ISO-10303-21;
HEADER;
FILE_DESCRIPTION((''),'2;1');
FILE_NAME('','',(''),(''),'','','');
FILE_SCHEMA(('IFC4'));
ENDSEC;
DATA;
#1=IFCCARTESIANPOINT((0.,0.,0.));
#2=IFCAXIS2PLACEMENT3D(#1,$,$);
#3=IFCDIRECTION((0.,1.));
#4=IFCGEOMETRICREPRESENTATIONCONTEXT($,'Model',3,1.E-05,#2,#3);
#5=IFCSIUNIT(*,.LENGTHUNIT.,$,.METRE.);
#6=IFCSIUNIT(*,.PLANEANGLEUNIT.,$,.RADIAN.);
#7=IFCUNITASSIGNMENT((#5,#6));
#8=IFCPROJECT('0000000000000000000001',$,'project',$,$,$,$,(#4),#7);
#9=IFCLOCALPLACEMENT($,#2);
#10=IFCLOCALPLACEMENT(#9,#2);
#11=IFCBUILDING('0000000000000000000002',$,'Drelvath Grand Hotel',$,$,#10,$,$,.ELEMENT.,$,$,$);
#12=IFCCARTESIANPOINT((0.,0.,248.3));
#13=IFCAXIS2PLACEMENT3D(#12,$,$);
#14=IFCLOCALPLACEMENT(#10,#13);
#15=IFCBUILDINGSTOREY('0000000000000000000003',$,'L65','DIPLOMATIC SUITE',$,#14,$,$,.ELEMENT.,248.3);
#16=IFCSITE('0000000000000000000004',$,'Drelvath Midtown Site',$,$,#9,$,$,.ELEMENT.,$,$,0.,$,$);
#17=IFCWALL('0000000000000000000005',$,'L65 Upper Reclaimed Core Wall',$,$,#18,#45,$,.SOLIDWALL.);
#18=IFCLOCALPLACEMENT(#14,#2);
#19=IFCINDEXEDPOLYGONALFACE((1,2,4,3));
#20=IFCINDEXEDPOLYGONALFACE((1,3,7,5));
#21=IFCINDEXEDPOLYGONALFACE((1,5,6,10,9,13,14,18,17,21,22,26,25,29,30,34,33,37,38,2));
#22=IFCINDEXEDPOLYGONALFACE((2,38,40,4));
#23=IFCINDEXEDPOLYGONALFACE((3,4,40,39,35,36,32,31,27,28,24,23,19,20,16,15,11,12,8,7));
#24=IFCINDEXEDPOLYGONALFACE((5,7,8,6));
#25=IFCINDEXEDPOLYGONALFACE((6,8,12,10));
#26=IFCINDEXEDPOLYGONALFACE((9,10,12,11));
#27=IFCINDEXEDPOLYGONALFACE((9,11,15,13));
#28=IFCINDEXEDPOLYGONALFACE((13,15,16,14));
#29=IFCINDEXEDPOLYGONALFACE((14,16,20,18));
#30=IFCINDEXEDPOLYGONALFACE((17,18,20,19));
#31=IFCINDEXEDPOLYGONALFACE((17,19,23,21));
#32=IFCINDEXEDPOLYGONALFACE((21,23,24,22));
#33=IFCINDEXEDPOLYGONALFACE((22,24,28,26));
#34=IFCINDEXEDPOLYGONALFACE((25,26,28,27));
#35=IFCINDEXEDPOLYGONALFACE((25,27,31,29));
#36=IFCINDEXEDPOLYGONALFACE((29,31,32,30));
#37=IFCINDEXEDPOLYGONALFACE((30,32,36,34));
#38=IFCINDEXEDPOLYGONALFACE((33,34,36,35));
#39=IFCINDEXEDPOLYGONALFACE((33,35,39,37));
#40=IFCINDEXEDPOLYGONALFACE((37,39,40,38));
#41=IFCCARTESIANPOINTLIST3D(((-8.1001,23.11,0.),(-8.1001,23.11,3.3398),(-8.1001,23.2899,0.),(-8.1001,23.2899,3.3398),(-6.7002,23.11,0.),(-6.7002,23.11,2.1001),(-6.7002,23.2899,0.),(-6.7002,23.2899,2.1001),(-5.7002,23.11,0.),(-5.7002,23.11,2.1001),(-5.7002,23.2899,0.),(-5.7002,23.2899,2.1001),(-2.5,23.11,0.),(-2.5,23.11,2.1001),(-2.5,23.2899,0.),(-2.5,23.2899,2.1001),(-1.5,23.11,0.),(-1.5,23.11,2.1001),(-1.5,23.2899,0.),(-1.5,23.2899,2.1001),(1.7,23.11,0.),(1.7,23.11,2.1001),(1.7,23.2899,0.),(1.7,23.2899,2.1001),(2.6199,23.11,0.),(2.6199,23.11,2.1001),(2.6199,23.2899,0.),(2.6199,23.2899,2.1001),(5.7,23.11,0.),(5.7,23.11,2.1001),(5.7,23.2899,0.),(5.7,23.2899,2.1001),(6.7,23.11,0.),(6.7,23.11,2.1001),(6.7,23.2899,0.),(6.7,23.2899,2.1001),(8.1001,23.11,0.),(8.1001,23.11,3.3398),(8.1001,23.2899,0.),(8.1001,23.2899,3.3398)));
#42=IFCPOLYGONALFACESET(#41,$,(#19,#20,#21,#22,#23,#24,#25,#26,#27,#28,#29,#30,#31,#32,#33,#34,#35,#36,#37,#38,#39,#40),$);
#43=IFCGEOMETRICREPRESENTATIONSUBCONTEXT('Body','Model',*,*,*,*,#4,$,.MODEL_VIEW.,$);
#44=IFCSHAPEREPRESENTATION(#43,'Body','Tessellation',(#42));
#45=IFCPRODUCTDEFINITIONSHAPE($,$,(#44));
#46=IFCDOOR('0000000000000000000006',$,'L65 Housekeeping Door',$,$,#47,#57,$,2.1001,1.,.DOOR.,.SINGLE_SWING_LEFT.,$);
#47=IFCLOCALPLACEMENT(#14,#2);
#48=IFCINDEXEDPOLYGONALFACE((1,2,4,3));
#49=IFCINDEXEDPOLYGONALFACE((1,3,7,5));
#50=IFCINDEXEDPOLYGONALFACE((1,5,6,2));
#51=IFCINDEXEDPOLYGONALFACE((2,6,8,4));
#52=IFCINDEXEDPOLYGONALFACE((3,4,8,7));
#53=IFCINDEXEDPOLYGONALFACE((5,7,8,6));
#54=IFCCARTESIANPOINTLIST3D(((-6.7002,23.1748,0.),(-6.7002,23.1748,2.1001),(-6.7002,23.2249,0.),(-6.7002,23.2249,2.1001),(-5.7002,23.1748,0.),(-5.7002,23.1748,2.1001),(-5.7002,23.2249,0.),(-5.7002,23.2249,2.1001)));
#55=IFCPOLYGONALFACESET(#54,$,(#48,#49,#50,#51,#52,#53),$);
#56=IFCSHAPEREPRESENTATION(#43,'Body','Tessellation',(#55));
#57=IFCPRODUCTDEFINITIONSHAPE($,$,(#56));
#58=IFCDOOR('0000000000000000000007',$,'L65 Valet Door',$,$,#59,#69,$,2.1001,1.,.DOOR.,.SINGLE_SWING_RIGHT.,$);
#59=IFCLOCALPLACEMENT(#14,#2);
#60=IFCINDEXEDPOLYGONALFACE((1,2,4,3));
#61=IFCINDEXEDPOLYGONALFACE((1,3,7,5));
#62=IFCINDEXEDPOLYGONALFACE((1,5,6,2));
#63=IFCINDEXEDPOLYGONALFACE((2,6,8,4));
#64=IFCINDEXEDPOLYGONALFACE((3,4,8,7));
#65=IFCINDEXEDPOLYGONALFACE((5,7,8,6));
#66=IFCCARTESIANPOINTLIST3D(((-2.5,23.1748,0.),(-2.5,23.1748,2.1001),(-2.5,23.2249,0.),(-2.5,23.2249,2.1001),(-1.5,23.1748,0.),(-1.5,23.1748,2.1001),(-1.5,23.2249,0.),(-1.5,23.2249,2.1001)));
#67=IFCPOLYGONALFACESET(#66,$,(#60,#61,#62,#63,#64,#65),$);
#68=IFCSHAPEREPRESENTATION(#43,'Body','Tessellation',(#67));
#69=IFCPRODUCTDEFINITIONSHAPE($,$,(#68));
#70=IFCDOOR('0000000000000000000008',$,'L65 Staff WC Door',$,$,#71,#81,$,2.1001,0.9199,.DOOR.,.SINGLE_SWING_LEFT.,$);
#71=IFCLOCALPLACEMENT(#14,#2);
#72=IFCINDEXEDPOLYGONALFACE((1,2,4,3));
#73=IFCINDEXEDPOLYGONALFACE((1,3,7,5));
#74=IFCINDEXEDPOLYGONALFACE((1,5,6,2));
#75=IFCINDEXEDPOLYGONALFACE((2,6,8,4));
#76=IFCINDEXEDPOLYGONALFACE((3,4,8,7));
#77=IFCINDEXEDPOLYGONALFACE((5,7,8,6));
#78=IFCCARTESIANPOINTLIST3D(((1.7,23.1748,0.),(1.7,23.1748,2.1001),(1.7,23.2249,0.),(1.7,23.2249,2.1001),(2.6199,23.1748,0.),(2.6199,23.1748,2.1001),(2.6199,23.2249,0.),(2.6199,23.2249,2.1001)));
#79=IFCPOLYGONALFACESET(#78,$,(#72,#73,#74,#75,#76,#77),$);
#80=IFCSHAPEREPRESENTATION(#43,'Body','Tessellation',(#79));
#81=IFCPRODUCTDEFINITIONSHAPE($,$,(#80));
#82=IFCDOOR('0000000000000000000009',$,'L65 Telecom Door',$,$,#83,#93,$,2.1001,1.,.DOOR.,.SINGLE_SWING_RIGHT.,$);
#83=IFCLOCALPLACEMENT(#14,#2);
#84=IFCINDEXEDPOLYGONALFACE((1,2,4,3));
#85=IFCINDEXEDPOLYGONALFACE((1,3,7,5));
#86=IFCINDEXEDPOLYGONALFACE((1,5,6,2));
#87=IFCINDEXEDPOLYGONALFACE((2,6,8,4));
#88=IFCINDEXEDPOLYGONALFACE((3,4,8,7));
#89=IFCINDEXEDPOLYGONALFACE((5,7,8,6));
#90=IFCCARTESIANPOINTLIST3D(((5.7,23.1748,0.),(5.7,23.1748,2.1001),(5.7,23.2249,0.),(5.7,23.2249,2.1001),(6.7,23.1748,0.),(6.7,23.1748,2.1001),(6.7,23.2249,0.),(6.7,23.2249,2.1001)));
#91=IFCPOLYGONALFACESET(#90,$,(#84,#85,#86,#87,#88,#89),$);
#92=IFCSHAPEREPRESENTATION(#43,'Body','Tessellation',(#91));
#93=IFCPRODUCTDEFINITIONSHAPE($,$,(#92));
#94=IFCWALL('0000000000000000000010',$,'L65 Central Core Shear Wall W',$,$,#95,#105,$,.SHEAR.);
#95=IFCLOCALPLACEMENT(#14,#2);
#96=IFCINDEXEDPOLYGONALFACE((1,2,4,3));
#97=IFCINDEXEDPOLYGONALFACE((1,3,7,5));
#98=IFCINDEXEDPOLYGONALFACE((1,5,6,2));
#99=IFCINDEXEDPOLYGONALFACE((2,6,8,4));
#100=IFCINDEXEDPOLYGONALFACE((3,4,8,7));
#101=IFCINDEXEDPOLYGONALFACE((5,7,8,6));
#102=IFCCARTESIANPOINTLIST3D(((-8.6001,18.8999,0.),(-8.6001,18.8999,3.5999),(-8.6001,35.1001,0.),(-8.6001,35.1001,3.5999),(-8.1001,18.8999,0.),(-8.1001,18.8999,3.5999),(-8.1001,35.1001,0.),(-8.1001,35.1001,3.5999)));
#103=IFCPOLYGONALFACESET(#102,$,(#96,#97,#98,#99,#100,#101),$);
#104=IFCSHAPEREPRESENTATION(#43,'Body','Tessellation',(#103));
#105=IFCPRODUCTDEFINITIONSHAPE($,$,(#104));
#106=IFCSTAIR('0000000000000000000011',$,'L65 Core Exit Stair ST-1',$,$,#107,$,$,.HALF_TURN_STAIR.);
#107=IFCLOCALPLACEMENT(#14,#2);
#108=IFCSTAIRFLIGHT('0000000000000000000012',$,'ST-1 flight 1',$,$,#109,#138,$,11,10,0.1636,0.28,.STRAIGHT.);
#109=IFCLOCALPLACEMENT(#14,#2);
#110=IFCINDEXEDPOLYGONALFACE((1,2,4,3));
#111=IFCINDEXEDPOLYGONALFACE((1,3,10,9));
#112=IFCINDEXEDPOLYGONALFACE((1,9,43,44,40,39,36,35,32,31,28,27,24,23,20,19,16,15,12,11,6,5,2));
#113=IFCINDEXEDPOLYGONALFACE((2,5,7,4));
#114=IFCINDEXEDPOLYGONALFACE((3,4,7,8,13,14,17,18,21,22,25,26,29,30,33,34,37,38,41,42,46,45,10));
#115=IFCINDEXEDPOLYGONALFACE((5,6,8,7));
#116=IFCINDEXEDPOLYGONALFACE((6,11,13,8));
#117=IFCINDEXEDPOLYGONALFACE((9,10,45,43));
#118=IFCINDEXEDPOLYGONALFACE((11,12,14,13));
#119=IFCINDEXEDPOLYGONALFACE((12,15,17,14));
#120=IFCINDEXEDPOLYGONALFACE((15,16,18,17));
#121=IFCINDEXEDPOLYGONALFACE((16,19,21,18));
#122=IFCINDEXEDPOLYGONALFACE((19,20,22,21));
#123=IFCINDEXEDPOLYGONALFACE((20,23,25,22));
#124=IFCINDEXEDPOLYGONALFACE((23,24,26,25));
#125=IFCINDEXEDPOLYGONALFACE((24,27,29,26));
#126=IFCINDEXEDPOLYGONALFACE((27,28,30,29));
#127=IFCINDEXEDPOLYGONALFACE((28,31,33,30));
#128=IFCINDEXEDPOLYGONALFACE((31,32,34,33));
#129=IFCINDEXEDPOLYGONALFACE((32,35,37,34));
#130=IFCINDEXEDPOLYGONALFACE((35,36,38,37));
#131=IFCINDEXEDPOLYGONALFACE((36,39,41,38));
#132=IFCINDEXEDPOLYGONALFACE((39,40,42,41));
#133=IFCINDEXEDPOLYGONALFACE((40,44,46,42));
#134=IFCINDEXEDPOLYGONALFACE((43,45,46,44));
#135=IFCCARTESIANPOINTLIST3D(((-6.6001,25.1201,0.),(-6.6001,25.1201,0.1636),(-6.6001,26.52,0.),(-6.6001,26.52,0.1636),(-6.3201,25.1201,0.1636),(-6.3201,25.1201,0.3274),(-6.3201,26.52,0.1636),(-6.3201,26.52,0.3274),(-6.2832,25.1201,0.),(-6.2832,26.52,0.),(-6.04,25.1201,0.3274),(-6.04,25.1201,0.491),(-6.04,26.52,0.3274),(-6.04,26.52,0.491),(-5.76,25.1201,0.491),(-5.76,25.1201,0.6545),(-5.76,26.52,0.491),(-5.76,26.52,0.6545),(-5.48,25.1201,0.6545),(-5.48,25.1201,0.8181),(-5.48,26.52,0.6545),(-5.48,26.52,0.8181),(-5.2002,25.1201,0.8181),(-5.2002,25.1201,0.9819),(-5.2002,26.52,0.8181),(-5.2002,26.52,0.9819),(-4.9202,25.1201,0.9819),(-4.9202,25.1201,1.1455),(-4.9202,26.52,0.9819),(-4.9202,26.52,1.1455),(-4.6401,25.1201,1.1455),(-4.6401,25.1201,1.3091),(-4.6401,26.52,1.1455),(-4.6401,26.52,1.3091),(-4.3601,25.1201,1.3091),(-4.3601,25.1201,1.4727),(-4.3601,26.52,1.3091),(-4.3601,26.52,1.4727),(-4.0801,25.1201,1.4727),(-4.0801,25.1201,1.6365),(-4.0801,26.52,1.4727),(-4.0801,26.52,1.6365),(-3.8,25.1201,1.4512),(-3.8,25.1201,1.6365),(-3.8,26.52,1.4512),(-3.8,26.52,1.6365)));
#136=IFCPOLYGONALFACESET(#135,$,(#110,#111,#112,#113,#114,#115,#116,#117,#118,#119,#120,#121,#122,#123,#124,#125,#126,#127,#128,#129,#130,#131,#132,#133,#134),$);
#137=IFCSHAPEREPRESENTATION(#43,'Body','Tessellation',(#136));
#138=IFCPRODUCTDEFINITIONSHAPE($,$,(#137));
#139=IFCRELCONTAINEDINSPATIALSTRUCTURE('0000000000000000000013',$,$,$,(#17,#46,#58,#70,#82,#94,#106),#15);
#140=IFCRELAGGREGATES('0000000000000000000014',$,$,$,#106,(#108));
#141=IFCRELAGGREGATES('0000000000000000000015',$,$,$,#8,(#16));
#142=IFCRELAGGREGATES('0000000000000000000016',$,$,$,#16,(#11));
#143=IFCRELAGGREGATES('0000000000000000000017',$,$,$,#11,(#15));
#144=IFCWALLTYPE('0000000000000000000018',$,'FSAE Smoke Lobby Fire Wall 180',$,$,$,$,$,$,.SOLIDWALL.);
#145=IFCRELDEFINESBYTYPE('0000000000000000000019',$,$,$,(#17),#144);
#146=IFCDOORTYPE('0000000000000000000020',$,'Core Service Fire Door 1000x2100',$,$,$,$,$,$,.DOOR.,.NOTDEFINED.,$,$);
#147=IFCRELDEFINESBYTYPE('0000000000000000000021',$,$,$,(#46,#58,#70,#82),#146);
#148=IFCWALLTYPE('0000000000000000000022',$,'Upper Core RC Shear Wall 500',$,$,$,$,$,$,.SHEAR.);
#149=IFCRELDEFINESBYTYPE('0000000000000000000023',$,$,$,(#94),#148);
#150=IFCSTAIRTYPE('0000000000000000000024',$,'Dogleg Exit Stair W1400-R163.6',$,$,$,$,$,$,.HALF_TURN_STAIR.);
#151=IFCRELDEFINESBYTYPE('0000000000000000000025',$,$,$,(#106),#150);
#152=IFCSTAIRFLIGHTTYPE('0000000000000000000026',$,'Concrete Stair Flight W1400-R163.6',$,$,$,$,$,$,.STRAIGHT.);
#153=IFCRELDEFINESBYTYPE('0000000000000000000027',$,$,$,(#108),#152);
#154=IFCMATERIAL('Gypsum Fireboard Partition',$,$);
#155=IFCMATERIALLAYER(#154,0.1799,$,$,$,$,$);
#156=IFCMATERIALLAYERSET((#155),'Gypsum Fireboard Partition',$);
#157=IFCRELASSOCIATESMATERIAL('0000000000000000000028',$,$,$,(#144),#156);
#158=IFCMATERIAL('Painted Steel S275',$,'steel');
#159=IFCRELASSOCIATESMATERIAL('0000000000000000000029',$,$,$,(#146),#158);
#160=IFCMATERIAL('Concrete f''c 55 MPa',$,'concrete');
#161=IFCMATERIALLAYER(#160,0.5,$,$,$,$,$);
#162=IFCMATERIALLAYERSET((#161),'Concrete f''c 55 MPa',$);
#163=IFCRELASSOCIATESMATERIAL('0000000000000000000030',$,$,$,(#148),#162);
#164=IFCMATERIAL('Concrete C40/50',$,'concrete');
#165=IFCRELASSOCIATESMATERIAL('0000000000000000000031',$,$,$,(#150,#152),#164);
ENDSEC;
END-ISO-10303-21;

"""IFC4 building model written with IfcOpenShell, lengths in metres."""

from ifc_helpers import new_model, si_unit, direction, frame, frame_2d, origin, place, context, subcontext, project, spatial, polyline, rectangle, outline, extrude, material, layer, layer_set, type_object, element, fill, aggregate, save


model = new_model("IFC4")

# Units and contexts
model_context = context("Model", 3, precision=1e-05, world=origin(), true_north=direction((0.0, 1.0)))
body_context = subcontext(model_context, "Body", "Model", "MODEL_VIEW")
ifc_project = project(units=[si_unit("LENGTHUNIT", "METRE"), si_unit("PLANEANGLEUNIT", "RADIAN")], contexts=[model_context])

# Site, building, storey
site_placement = place(None, origin())
site = spatial("IfcSite", under=ifc_project, at=site_placement, Name="Drelvath Midtown Site", CompositionType="ELEMENT", RefElevation=0.0)
building_placement = place(site_placement, origin())
building = spatial("IfcBuilding", under=site, at=building_placement, Name="Drelvath Grand Hotel", CompositionType="ELEMENT")
storey_placement = place(building_placement, frame((0.0, 0.0, 248.3)))
storey = spatial("IfcBuildingStorey", under=building, at=storey_placement, Name="L65", Description="DIPLOMATIC SUITE", CompositionType="ELEMENT", Elevation=248.3)

# Shared definitions
ifc_material_1 = material(Name="Concrete f'c 55 MPa", Category="concrete")

# Shared definitions
ifc_material_2 = material(Name="Concrete C40/50", Category="concrete")
ifc_material_3 = material(Name="Painted Steel S275", Category="steel")
ifc_material_4 = material(Name="Gypsum Fireboard Partition")

# Wall, openings, doors
ifc_layer_1 = layer(ifc_material_4, 0.1799)
ifc_layer_set_1 = layer_set([ifc_layer_1], Name="Gypsum Fireboard Partition")
wall_type_1 = type_object("IfcWallType", Name="FSAE Smoke Lobby Fire Wall 180", PredefinedType="SOLIDWALL", material=ifc_layer_set_1)
wall_1_placement = place(storey_placement, frame((-8.1001, 23.2, 0.0), z_axis=(0.0, 0.0, 1.0), x_axis=(1.0, 0.0, 0.0)))
wall_1 = element("IfcWall", 1, at=wall_1_placement, inside=storey, type_object=wall_type_1, Name="L65 Upper Reclaimed Core Wall", PredefinedType="SOLIDWALL", context=body_context, shape_type="SweptSolid", body=[
    extrude(rectangle(XDim=16.2002, YDim=0.1799, at=frame_2d((8.1001, 0.0))), origin(), (0.0, 0.0, 1.0), 3.3398),
])
opening_1_placement = place(wall_1_placement, frame((1.3999, 0.0, 0.0)))
opening_1 = element("IfcOpeningElement", 2, at=opening_1_placement, cuts=wall_1, PredefinedType="OPENING", context=body_context, shape_type="SweptSolid", body=[
    extrude(rectangle(XDim=1.0, YDim=2.1001, at=frame_2d((0.5, 1.05))), frame((0.0, 0.0999, 0.0), z_axis=(0.0, -1.0, 0.0), x_axis=(1.0, 0.0, 0.0)), (0.0, 0.0, 1.0), 0.2),
])
opening_2_placement = place(wall_1_placement, frame((5.6001, 0.0, 0.0)))
opening_2 = element("IfcOpeningElement", 3, at=opening_2_placement, cuts=wall_1, PredefinedType="OPENING", context=body_context, shape_type="SweptSolid", body=[
    extrude(rectangle(XDim=1.0, YDim=2.1001, at=frame_2d((0.5, 1.05))), frame((0.0, 0.0999, 0.0), z_axis=(0.0, -1.0, 0.0), x_axis=(1.0, 0.0, 0.0)), (0.0, 0.0, 1.0), 0.2),
])
opening_3_placement = place(wall_1_placement, frame((9.8, 0.0, 0.0)))
opening_3 = element("IfcOpeningElement", 4, at=opening_3_placement, cuts=wall_1, PredefinedType="OPENING", context=body_context, shape_type="SweptSolid", body=[
    extrude(rectangle(XDim=0.9199, YDim=2.1001, at=frame_2d((0.46, 1.05))), frame((0.0, 0.0999, 0.0), z_axis=(0.0, -1.0, 0.0), x_axis=(1.0, 0.0, 0.0)), (0.0, 0.0, 1.0), 0.2),
])
opening_4_placement = place(wall_1_placement, frame((13.8, 0.0, 0.0)))
opening_4 = element("IfcOpeningElement", 5, at=opening_4_placement, cuts=wall_1, PredefinedType="OPENING", context=body_context, shape_type="SweptSolid", body=[
    extrude(rectangle(XDim=1.0, YDim=2.1001, at=frame_2d((0.5, 1.05))), frame((0.0, 0.0999, 0.0), z_axis=(0.0, -1.0, 0.0), x_axis=(1.0, 0.0, 0.0)), (0.0, 0.0, 1.0), 0.2),
])
door_type_1 = type_object("IfcDoorType", Name="Core Service Fire Door 1000x2100", OperationType="NOTDEFINED", PredefinedType="DOOR", material=ifc_material_3)
door_1_placement = place(opening_1_placement, origin())
door_1 = element("IfcDoor", 6, at=door_1_placement, inside=storey, type_object=door_type_1, Name="L65 Housekeeping Door", OperationType="SINGLE_SWING_LEFT", OverallHeight=2.1001, OverallWidth=1.0, PredefinedType="DOOR", context=body_context, shape_type="SweptSolid", body=[
    extrude(rectangle(XDim=1.0, YDim=2.1001, at=frame_2d((0.5, 1.05))), frame((0.0, 0.0249, 0.0), z_axis=(0.0, -1.0, 0.0), x_axis=(1.0, 0.0, 0.0)), (0.0, 0.0, 1.0), 0.05),
])
fill(opening_1, door_1)
door_2_placement = place(opening_2_placement, origin())
door_2 = element("IfcDoor", 7, at=door_2_placement, inside=storey, type_object=door_type_1, Name="L65 Valet Door", OperationType="SINGLE_SWING_RIGHT", OverallHeight=2.1001, OverallWidth=1.0, PredefinedType="DOOR", context=body_context, shape_type="SweptSolid", body=[
    extrude(rectangle(XDim=1.0, YDim=2.1001, at=frame_2d((0.5, 1.05))), frame((0.0, 0.0249, 0.0), z_axis=(0.0, -1.0, 0.0), x_axis=(1.0, 0.0, 0.0)), (0.0, 0.0, 1.0), 0.05),
])
fill(opening_2, door_2)
door_3_placement = place(opening_3_placement, origin())
door_3 = element("IfcDoor", 8, at=door_3_placement, inside=storey, type_object=door_type_1, Name="L65 Staff WC Door", OperationType="SINGLE_SWING_LEFT", OverallHeight=2.1001, OverallWidth=0.9199, PredefinedType="DOOR", context=body_context, shape_type="SweptSolid", body=[
    extrude(rectangle(XDim=0.9199, YDim=2.1001, at=frame_2d((0.46, 1.05))), frame((0.0, 0.0249, 0.0), z_axis=(0.0, -1.0, 0.0), x_axis=(1.0, 0.0, 0.0)), (0.0, 0.0, 1.0), 0.05),
])
fill(opening_3, door_3)
door_4_placement = place(opening_4_placement, origin())
door_4 = element("IfcDoor", 9, at=door_4_placement, inside=storey, type_object=door_type_1, Name="L65 Telecom Door", OperationType="SINGLE_SWING_RIGHT", OverallHeight=2.1001, OverallWidth=1.0, PredefinedType="DOOR", context=body_context, shape_type="SweptSolid", body=[
    extrude(rectangle(XDim=1.0, YDim=2.1001, at=frame_2d((0.5, 1.05))), frame((0.0, 0.0249, 0.0), z_axis=(0.0, -1.0, 0.0), x_axis=(1.0, 0.0, 0.0)), (0.0, 0.0, 1.0), 0.05),
])
fill(opening_4, door_4)

# Wall
ifc_layer_2 = layer(ifc_material_1, 0.5)
ifc_layer_set_2 = layer_set([ifc_layer_2], Name="Concrete f'c 55 MPa")
wall_type_2 = type_object("IfcWallType", Name="Upper Core RC Shear Wall 500", PredefinedType="SHEAR", material=ifc_layer_set_2)
wall_2_placement = place(storey_placement, frame((-8.3501, 18.8999, 0.0), z_axis=(0.0, 0.0, 1.0), x_axis=(0.0, 1.0, 0.0)))
element("IfcWall", 10, at=wall_2_placement, inside=storey, type_object=wall_type_2, Name="L65 Central Core Shear Wall W", PredefinedType="SHEAR", context=body_context, shape_type="SweptSolid", body=[
    extrude(rectangle(XDim=16.2002, YDim=0.5, at=frame_2d((8.1001, 0.0))), origin(), (0.0, 0.0, 1.0), 3.5999),
])

# Stair, stair flight
stair_type = type_object("IfcStairType", Name="Dogleg Exit Stair W1400-R163.6", PredefinedType="HALF_TURN_STAIR", material=ifc_material_2)
stair_placement = place(storey_placement, origin())
stair = element("IfcStair", 11, at=stair_placement, inside=storey, type_object=stair_type, Name="L65 Core Exit Stair ST-1", PredefinedType="HALF_TURN_STAIR")
stair_flight_type = type_object("IfcStairFlightType", Name="Concrete Stair Flight W1400-R163.6", PredefinedType="STRAIGHT", material=ifc_material_2)
stair_flight_placement = place(storey_placement, frame((-6.6001, 25.8201, 0.0), z_axis=(0.0, 0.0, 1.0), x_axis=(1.0, 0.0, 0.0)))
stair_flight = element("IfcStairFlight", 12, at=stair_flight_placement, type_object=stair_flight_type, Name="ST-1 flight 1", NumberOfRisers=11, NumberOfTreads=10, PredefinedType="STRAIGHT", RiserHeight=0.1636, TreadLength=0.28, context=body_context, shape_type="SweptSolid", body=[
    extrude(outline(polyline([(0.0, 0.0), (0.0, 0.1636), (0.28, 0.1636), (0.28, 0.3274), (0.5601, 0.3274), (0.5601, 0.491), (0.8401, 0.491), (0.8401, 0.6545), (1.1201, 0.6545), (1.1201, 0.8181), (1.3999, 0.8181), (1.3999, 0.9819), (1.6799, 0.9819), (1.6799, 1.1455), (1.96, 1.1455), (1.96, 1.3091), (2.24, 1.3091), (2.24, 1.4727), (2.52, 1.4727), (2.52, 1.6365), (2.8, 1.6365), (2.8, 1.8), (2.8, 1.4512), (0.3169, 0.0), (0.0, 0.0)])), frame((0.0, 0.7, 0.0), z_axis=(0.0, -1.0, 0.0), x_axis=(1.0, 0.0, 0.0)), (0.0, 0.0, 1.0), 1.3999),
])
aggregate(stair, [stair_flight])

save(model, "model.ifc")
